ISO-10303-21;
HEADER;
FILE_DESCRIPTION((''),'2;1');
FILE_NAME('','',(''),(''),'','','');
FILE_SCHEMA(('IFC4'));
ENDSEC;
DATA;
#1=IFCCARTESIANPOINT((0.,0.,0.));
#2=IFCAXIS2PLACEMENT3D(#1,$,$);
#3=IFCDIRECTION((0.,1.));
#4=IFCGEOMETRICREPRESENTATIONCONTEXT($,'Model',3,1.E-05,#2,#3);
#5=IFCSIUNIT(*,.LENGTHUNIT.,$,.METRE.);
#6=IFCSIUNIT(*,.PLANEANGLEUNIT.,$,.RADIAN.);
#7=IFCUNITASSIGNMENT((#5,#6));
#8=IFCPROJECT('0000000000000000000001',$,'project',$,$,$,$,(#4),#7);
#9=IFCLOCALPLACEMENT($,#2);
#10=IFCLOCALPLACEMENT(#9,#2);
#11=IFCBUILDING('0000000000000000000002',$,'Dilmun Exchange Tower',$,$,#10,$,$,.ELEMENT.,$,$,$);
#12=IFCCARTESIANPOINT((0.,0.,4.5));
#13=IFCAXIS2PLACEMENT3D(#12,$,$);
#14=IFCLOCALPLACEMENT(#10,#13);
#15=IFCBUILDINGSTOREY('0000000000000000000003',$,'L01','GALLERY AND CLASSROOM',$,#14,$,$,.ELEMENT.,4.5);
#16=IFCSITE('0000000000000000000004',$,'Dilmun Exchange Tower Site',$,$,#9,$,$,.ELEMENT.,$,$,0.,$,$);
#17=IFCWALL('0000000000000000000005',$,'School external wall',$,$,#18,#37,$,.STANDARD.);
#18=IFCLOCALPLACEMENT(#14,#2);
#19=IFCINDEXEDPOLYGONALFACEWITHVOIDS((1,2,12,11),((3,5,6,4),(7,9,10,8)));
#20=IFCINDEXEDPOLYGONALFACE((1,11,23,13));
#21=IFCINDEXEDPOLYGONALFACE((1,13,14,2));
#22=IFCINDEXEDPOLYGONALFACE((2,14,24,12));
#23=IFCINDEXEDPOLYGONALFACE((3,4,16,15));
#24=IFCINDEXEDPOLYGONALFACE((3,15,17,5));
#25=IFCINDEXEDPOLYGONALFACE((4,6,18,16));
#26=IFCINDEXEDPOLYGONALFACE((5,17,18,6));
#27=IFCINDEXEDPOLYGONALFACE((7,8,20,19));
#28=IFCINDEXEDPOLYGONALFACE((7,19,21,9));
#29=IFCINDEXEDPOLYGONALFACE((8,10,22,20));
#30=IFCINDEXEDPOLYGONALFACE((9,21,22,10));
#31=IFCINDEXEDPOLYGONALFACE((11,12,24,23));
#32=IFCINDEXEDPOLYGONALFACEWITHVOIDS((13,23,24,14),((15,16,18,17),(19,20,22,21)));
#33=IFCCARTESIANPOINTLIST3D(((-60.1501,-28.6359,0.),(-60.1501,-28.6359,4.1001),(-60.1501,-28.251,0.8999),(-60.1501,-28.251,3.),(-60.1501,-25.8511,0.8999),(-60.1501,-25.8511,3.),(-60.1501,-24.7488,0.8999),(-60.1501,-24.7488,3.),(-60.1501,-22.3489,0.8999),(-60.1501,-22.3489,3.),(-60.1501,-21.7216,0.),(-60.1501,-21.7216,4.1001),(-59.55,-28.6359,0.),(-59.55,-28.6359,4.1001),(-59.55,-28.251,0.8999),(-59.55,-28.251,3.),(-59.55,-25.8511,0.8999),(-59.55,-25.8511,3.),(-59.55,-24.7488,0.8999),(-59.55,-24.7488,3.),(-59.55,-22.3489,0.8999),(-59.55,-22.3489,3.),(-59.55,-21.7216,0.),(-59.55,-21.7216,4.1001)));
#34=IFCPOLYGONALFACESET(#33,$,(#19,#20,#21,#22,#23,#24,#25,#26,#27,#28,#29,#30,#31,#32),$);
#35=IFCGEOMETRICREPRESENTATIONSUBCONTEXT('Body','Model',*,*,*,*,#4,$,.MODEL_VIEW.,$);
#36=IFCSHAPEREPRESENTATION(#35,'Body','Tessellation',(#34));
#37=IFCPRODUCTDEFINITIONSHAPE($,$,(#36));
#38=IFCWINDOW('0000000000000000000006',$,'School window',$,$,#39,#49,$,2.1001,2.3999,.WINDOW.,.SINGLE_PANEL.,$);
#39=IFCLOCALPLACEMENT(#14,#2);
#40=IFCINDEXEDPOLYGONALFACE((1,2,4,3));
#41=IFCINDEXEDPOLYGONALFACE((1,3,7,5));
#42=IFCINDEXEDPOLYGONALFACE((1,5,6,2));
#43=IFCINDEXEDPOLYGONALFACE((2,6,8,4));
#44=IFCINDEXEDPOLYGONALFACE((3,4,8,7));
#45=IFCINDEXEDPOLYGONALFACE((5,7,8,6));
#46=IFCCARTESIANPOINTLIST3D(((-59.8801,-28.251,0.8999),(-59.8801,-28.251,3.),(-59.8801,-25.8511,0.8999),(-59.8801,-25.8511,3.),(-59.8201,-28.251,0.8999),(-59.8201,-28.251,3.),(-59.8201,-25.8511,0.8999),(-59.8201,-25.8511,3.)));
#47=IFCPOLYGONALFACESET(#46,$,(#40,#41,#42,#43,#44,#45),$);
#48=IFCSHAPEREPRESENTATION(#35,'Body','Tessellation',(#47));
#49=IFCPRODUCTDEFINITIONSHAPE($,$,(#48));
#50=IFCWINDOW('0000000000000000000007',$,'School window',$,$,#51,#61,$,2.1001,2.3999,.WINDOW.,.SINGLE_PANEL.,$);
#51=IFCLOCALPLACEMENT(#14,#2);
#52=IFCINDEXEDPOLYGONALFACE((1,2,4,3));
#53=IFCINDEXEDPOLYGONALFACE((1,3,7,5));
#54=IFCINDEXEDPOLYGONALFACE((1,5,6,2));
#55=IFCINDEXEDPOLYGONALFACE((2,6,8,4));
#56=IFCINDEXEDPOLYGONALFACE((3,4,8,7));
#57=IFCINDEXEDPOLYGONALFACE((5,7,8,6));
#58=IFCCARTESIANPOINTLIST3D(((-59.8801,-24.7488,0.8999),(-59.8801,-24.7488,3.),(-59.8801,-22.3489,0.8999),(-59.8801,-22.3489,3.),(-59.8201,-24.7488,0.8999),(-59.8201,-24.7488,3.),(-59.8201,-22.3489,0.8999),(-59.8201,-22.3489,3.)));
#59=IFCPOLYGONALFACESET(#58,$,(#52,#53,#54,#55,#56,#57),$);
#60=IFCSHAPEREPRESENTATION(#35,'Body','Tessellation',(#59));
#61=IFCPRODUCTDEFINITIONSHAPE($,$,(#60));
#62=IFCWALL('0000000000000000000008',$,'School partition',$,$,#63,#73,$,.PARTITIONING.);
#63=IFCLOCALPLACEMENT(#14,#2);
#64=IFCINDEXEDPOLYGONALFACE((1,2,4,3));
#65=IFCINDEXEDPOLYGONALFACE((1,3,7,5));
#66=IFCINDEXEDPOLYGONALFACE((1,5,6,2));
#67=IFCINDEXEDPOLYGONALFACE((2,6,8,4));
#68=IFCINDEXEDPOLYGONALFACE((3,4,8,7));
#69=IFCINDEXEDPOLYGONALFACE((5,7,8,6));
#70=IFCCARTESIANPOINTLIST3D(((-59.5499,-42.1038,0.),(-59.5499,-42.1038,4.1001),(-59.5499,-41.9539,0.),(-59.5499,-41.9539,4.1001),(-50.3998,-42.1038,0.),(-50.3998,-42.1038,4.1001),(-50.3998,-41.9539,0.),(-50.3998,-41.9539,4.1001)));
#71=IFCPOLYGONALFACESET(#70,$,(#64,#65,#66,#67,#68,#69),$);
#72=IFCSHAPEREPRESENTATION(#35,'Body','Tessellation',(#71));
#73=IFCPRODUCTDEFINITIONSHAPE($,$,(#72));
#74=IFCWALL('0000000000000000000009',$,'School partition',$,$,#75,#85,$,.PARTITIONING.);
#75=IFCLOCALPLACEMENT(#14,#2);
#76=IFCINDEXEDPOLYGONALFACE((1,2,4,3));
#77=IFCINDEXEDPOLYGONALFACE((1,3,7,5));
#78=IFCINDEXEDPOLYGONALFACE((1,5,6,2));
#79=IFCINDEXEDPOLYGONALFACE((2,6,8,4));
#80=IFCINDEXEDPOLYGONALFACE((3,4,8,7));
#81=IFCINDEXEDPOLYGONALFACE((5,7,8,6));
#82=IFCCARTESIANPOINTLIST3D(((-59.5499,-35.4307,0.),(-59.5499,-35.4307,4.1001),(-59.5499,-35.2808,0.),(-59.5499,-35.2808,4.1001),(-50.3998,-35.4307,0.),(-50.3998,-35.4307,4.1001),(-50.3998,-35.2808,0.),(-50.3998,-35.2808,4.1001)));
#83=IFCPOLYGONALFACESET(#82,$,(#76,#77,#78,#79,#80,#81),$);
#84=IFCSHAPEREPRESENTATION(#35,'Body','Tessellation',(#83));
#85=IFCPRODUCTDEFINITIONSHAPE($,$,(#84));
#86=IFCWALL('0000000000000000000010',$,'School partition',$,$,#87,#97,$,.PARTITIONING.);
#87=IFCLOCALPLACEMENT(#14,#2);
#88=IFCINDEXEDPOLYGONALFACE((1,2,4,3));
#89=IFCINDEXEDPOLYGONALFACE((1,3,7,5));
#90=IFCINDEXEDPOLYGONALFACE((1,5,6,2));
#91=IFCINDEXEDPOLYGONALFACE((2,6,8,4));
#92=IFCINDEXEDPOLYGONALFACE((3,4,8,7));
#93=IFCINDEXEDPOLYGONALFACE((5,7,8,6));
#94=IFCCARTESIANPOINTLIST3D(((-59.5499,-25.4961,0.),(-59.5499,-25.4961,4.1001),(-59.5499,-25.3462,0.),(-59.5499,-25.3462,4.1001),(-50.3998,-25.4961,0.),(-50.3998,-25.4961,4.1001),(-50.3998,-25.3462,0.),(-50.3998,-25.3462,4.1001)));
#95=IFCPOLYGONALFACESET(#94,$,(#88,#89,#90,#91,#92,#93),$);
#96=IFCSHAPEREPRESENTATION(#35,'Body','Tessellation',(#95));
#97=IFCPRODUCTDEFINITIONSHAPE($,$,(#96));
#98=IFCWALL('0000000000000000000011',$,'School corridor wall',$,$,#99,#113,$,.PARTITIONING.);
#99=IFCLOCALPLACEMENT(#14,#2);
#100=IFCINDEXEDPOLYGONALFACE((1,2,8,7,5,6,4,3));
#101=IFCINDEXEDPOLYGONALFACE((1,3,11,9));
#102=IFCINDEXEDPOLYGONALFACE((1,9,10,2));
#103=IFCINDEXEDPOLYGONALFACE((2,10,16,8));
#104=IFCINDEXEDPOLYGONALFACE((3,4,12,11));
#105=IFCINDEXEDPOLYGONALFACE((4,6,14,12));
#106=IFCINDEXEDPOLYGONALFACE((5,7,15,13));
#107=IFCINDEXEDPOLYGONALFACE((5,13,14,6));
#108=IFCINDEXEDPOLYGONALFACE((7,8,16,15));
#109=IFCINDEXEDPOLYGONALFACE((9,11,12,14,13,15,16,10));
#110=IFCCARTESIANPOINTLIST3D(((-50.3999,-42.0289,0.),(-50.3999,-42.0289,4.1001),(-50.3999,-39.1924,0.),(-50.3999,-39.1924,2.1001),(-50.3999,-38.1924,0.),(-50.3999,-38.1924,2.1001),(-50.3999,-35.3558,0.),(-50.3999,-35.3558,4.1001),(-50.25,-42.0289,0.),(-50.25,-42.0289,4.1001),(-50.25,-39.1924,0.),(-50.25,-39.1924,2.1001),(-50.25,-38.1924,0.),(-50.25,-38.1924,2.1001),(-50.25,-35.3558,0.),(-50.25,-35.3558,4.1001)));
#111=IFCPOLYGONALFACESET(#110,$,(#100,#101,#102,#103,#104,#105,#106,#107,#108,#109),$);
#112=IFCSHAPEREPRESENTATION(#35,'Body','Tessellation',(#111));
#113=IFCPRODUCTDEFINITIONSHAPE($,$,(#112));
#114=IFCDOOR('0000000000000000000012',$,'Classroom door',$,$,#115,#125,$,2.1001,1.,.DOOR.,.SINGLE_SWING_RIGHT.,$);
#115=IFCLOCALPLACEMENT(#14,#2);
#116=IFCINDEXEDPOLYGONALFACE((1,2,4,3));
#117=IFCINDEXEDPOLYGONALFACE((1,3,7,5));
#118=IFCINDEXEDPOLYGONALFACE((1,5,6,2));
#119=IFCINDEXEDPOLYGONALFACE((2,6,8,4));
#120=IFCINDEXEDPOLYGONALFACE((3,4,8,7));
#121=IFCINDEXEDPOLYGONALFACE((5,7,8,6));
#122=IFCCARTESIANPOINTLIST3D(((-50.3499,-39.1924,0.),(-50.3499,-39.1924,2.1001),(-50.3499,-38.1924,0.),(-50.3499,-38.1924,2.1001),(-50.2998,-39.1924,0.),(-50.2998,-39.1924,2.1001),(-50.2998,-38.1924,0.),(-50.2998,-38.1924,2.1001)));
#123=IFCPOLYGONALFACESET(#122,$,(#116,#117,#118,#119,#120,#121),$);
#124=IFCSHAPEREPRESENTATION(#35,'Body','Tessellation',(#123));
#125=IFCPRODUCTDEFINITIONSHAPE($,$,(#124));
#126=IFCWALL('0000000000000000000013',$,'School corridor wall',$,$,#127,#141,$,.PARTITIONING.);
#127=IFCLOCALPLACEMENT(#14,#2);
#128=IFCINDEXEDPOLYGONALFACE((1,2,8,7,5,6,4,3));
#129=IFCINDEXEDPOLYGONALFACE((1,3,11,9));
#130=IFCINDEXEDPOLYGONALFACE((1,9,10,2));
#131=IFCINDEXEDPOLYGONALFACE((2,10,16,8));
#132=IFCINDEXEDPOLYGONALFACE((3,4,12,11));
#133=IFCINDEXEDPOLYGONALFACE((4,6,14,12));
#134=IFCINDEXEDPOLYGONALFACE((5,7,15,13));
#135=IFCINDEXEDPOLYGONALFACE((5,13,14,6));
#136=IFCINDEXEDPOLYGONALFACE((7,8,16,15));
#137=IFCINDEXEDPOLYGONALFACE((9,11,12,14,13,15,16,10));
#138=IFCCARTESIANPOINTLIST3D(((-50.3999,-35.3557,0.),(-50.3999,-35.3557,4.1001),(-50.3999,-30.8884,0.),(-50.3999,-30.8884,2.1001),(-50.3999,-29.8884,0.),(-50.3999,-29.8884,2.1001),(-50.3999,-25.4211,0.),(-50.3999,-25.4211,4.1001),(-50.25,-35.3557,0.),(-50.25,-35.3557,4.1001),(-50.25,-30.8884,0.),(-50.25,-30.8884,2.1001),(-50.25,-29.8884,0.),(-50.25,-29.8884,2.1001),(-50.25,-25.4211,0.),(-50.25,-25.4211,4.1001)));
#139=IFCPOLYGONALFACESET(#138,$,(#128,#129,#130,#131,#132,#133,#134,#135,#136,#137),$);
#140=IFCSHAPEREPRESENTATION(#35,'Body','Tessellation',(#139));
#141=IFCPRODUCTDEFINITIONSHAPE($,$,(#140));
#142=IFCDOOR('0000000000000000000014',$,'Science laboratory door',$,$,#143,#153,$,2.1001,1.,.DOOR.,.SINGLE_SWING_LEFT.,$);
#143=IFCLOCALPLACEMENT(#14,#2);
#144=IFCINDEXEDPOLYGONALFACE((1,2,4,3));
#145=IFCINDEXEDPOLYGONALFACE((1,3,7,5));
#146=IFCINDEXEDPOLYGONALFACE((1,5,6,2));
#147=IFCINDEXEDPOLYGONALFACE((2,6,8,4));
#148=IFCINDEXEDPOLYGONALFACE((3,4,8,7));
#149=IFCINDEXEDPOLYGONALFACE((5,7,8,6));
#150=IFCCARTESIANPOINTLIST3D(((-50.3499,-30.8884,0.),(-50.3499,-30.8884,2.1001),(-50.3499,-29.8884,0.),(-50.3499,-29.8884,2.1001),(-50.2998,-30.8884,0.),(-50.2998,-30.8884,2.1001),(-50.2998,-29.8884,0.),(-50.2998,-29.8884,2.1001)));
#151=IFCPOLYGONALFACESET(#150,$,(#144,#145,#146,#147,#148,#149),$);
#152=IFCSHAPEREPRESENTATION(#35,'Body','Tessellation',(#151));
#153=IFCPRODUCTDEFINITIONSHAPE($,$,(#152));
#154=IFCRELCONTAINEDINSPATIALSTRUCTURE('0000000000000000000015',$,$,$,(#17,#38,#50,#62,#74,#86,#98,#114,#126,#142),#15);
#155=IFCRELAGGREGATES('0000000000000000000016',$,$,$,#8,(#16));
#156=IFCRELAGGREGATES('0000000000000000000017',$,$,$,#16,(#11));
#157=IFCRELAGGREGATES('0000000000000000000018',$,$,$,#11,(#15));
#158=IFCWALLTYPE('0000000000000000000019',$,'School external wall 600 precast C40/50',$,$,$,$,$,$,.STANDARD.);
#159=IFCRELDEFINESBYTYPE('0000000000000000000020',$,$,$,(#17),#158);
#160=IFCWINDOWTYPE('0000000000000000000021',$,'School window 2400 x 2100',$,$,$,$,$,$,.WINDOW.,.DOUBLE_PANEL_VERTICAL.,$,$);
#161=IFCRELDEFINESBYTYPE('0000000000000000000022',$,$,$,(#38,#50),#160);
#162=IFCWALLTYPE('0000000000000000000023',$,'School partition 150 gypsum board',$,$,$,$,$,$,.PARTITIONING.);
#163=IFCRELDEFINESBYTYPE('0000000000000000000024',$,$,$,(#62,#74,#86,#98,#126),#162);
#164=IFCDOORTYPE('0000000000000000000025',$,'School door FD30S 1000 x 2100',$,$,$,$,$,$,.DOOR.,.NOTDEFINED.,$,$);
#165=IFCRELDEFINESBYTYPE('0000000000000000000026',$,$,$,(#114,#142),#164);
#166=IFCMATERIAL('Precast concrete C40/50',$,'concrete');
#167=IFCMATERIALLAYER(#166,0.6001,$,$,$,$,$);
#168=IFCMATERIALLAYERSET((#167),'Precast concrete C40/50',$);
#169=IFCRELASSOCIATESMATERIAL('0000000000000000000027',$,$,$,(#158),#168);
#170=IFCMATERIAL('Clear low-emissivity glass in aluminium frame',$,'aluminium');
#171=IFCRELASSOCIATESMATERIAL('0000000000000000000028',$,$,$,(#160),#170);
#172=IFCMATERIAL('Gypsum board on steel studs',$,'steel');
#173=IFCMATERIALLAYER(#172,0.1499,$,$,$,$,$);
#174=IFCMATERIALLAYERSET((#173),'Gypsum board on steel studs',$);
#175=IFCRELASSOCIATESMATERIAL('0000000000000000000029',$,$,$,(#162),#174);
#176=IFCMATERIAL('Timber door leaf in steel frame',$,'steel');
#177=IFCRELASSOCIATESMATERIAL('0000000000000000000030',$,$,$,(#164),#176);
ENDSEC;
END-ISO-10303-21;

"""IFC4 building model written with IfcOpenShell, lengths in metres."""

from ifc_helpers import new_model, si_unit, direction, frame, frame_2d, origin, place, context, subcontext, project, spatial, rectangle, extrude, material, layer, layer_set, type_object, element, fill, save


model = new_model("IFC4")

# Units and contexts
model_context = context("Model", 3, precision=1e-05, world=origin(), true_north=direction((0.0, 1.0)))
body_context = subcontext(model_context, "Body", "Model", "MODEL_VIEW")
ifc_project = project(units=[si_unit("LENGTHUNIT", "METRE"), si_unit("PLANEANGLEUNIT", "RADIAN")], contexts=[model_context])

# Site, building, storey
site_placement = place(None, origin())
site = spatial("IfcSite", under=ifc_project, at=site_placement, Name="Dilmun Exchange Tower Site", CompositionType="ELEMENT", RefElevation=0.0)
building_placement = place(site_placement, origin())
building = spatial("IfcBuilding", under=site, at=building_placement, Name="Dilmun Exchange Tower", CompositionType="ELEMENT")
storey_placement = place(building_placement, frame((0.0, 0.0, 4.5)))
storey = spatial("IfcBuildingStorey", under=building, at=storey_placement, Name="L01", Description="GALLERY AND CLASSROOM", CompositionType="ELEMENT", Elevation=4.5)

# Shared definitions
ifc_material_1 = material(Name="Precast concrete C40/50", Category="concrete")
ifc_layer_1 = layer(ifc_material_1, 0.6001)
ifc_layer_set_1 = layer_set([ifc_layer_1], Name="Precast concrete C40/50")
wall_type_1 = type_object("IfcWallType", Name="School external wall 600 precast C40/50", PredefinedType="STANDARD", material=ifc_layer_set_1)
ifc_material_2 = material(Name="Clear low-emissivity glass in aluminium frame", Category="aluminium")
window_type = type_object("IfcWindowType", Name="School window 2400 x 2100", PartitioningType="DOUBLE_PANEL_VERTICAL", PredefinedType="WINDOW", material=ifc_material_2)

# Wall, openings, windows
wall_1_placement = place(storey_placement, frame((-59.8501, -28.6357, 0.0), z_axis=(0.0, 0.0, 1.0), x_axis=(0.0, 1.0, 0.0)))
wall_1 = element("IfcWall", 1, at=wall_1_placement, inside=storey, type_object=wall_type_1, Name="School external wall", PredefinedType="STANDARD", context=body_context, shape_type="SweptSolid", body=[
    extrude(rectangle(XDim=6.9143, YDim=0.6001, at=frame_2d((3.457, 0.0))), origin(), (0.0, 0.0, 1.0), 4.1001),
])
opening_1_placement = place(wall_1_placement, frame((0.3848, 0.0, 0.8999)))
opening_1 = element("IfcOpeningElement", 2, at=opening_1_placement, cuts=wall_1, PredefinedType="OPENING", context=body_context, shape_type="SweptSolid", body=[
    extrude(rectangle(XDim=2.3999, YDim=2.1001, at=frame_2d((1.2, 1.05))), frame((0.0, 0.3101, 0.0), z_axis=(0.0, -1.0, 0.0), x_axis=(1.0, 0.0, 0.0)), (0.0, 0.0, 1.0), 0.6201),
])
opening_2_placement = place(wall_1_placement, frame((3.887, 0.0, 0.8999)))
opening_2 = element("IfcOpeningElement", 3, at=opening_2_placement, cuts=wall_1, PredefinedType="OPENING", context=body_context, shape_type="SweptSolid", body=[
    extrude(rectangle(XDim=2.3999, YDim=2.1001, at=frame_2d((1.2, 1.05))), frame((0.0, 0.3101, 0.0), z_axis=(0.0, -1.0, 0.0), x_axis=(1.0, 0.0, 0.0)), (0.0, 0.0, 1.0), 0.6201),
])
window_1_placement = place(opening_1_placement, origin())
window_1 = element("IfcWindow", 4, at=window_1_placement, inside=storey, type_object=window_type, Name="School window", OverallHeight=2.1001, OverallWidth=2.3999, PartitioningType="SINGLE_PANEL", PredefinedType="WINDOW", context=body_context, shape_type="SweptSolid", body=[
    extrude(rectangle(XDim=2.3999, YDim=2.1001, at=frame_2d((1.2, 1.05))), frame((0.0, 0.03, 0.0), z_axis=(0.0, -1.0, 0.0), x_axis=(1.0, 0.0, 0.0)), (0.0, 0.0, 1.0), 0.0601),
])
fill(opening_1, window_1)
window_2_placement = place(opening_2_placement, origin())
window_2 = element("IfcWindow", 5, at=window_2_placement, inside=storey, type_object=window_type, Name="School window", OverallHeight=2.1001, OverallWidth=2.3999, PartitioningType="SINGLE_PANEL", PredefinedType="WINDOW", context=body_context, shape_type="SweptSolid", body=[
    extrude(rectangle(XDim=2.3999, YDim=2.1001, at=frame_2d((1.2, 1.05))), frame((0.0, 0.03, 0.0), z_axis=(0.0, -1.0, 0.0), x_axis=(1.0, 0.0, 0.0)), (0.0, 0.0, 1.0), 0.0601),
])
fill(opening_2, window_2)

# Walls
ifc_material_3 = material(Name="Gypsum board on steel studs", Category="steel")
ifc_layer_2 = layer(ifc_material_3, 0.1499)
ifc_layer_set_2 = layer_set([ifc_layer_2], Name="Gypsum board on steel studs")
wall_type_2 = type_object("IfcWallType", Name="School partition 150 gypsum board", PredefinedType="PARTITIONING", material=ifc_layer_set_2)
for number, where, z_axis, x_axis, name in (
    (6, (-59.55, -42.0288, 0.0), (0.0, 0.0, 1.0), (1.0, 0.0, 0.0), "School partition"),
    (7, (-59.55, -35.3557, 0.0), (0.0, 0.0, 1.0), (1.0, 0.0, 0.0), "School partition"),
    (8, (-59.55, -25.4211, 0.0), (0.0, 0.0, 1.0), (1.0, 0.0, 0.0), "School partition"),
):
    element("IfcWall", number, at=place(storey_placement, frame(where, z_axis=z_axis, x_axis=x_axis)), inside=storey, type_object=wall_type_2, Name=name, PredefinedType="PARTITIONING", context=body_context, shape_type="SweptSolid", body=[
        extrude(rectangle(XDim=9.1501, YDim=0.1499, at=frame_2d((4.5752, 0.0))), origin(), (0.0, 0.0, 1.0), 4.1001),
    ])

# Walls, openings, doors
wall_2_placement = place(storey_placement, frame((-50.325, -42.0288, 0.0), z_axis=(0.0, 0.0, 1.0), x_axis=(0.0, 1.0, 0.0)))
wall_2 = element("IfcWall", 9, at=wall_2_placement, inside=storey, type_object=wall_type_2, Name="School corridor wall", PredefinedType="PARTITIONING", context=body_context, shape_type="SweptSolid", body=[
    extrude(rectangle(XDim=6.6731, YDim=0.1499, at=frame_2d((3.3364, 0.0))), origin(), (0.0, 0.0, 1.0), 4.1001),
])
opening_3_placement = place(wall_2_placement, frame((2.8364, 0.0, 0.0)))
opening_3 = element("IfcOpeningElement", 10, at=opening_3_placement, cuts=wall_2, PredefinedType="OPENING", context=body_context, shape_type="SweptSolid", body=[
    extrude(rectangle(XDim=1.0, YDim=2.1001, at=frame_2d((0.5, 1.05))), frame((0.0, 0.085, 0.0), z_axis=(0.0, -1.0, 0.0), x_axis=(1.0, 0.0, 0.0)), (0.0, 0.0, 1.0), 0.1699),
])
ifc_material_4 = material(Name="Timber door leaf in steel frame", Category="steel")
door_type_1 = type_object("IfcDoorType", Name="School door FD30S 1000 x 2100", OperationType="NOTDEFINED", PredefinedType="DOOR", material=ifc_material_4)
door_1_placement = place(opening_3_placement, origin())
door_1 = element("IfcDoor", 11, at=door_1_placement, inside=storey, type_object=door_type_1, Name="Classroom door", OperationType="SINGLE_SWING_RIGHT", OverallHeight=2.1001, OverallWidth=1.0, PredefinedType="DOOR", context=body_context, shape_type="SweptSolid", body=[
    extrude(rectangle(XDim=1.0, YDim=2.1001, at=frame_2d((0.5, 1.05))), frame((0.0, 0.0249, 0.0), z_axis=(0.0, -1.0, 0.0), x_axis=(1.0, 0.0, 0.0)), (0.0, 0.0, 1.0), 0.05),
])
fill(opening_3, door_1)
wall_3_placement = place(storey_placement, frame((-50.325, -35.3557, 0.0), z_axis=(0.0, 0.0, 1.0), x_axis=(0.0, 1.0, 0.0)))
wall_3 = element("IfcWall", 12, at=wall_3_placement, inside=storey, type_object=wall_type_2, Name="School corridor wall", PredefinedType="PARTITIONING", context=body_context, shape_type="SweptSolid", body=[
    extrude(rectangle(XDim=9.9346, YDim=0.1499, at=frame_2d((4.9673, 0.0))), origin(), (0.0, 0.0, 1.0), 4.1001),
])
opening_4_placement = place(wall_3_placement, frame((4.4673, 0.0, 0.0)))
opening_4 = element("IfcOpeningElement", 13, at=opening_4_placement, cuts=wall_3, PredefinedType="OPENING", context=body_context, shape_type="SweptSolid", body=[
    extrude(rectangle(XDim=1.0, YDim=2.1001, at=frame_2d((0.5, 1.05))), frame((0.0, 0.085, 0.0), z_axis=(0.0, -1.0, 0.0), x_axis=(1.0, 0.0, 0.0)), (0.0, 0.0, 1.0), 0.1699),
])
door_2_placement = place(opening_4_placement, origin())
door_2 = element("IfcDoor", 14, at=door_2_placement, inside=storey, type_object=door_type_1, Name="Science laboratory door", OperationType="SINGLE_SWING_LEFT", OverallHeight=2.1001, OverallWidth=1.0, PredefinedType="DOOR", context=body_context, shape_type="SweptSolid", body=[
    extrude(rectangle(XDim=1.0, YDim=2.1001, at=frame_2d((0.5, 1.05))), frame((0.0, 0.0249, 0.0), z_axis=(0.0, -1.0, 0.0), x_axis=(1.0, 0.0, 0.0)), (0.0, 0.0, 1.0), 0.05),
])
fill(opening_4, door_2)

save(model, "model.ifc")
